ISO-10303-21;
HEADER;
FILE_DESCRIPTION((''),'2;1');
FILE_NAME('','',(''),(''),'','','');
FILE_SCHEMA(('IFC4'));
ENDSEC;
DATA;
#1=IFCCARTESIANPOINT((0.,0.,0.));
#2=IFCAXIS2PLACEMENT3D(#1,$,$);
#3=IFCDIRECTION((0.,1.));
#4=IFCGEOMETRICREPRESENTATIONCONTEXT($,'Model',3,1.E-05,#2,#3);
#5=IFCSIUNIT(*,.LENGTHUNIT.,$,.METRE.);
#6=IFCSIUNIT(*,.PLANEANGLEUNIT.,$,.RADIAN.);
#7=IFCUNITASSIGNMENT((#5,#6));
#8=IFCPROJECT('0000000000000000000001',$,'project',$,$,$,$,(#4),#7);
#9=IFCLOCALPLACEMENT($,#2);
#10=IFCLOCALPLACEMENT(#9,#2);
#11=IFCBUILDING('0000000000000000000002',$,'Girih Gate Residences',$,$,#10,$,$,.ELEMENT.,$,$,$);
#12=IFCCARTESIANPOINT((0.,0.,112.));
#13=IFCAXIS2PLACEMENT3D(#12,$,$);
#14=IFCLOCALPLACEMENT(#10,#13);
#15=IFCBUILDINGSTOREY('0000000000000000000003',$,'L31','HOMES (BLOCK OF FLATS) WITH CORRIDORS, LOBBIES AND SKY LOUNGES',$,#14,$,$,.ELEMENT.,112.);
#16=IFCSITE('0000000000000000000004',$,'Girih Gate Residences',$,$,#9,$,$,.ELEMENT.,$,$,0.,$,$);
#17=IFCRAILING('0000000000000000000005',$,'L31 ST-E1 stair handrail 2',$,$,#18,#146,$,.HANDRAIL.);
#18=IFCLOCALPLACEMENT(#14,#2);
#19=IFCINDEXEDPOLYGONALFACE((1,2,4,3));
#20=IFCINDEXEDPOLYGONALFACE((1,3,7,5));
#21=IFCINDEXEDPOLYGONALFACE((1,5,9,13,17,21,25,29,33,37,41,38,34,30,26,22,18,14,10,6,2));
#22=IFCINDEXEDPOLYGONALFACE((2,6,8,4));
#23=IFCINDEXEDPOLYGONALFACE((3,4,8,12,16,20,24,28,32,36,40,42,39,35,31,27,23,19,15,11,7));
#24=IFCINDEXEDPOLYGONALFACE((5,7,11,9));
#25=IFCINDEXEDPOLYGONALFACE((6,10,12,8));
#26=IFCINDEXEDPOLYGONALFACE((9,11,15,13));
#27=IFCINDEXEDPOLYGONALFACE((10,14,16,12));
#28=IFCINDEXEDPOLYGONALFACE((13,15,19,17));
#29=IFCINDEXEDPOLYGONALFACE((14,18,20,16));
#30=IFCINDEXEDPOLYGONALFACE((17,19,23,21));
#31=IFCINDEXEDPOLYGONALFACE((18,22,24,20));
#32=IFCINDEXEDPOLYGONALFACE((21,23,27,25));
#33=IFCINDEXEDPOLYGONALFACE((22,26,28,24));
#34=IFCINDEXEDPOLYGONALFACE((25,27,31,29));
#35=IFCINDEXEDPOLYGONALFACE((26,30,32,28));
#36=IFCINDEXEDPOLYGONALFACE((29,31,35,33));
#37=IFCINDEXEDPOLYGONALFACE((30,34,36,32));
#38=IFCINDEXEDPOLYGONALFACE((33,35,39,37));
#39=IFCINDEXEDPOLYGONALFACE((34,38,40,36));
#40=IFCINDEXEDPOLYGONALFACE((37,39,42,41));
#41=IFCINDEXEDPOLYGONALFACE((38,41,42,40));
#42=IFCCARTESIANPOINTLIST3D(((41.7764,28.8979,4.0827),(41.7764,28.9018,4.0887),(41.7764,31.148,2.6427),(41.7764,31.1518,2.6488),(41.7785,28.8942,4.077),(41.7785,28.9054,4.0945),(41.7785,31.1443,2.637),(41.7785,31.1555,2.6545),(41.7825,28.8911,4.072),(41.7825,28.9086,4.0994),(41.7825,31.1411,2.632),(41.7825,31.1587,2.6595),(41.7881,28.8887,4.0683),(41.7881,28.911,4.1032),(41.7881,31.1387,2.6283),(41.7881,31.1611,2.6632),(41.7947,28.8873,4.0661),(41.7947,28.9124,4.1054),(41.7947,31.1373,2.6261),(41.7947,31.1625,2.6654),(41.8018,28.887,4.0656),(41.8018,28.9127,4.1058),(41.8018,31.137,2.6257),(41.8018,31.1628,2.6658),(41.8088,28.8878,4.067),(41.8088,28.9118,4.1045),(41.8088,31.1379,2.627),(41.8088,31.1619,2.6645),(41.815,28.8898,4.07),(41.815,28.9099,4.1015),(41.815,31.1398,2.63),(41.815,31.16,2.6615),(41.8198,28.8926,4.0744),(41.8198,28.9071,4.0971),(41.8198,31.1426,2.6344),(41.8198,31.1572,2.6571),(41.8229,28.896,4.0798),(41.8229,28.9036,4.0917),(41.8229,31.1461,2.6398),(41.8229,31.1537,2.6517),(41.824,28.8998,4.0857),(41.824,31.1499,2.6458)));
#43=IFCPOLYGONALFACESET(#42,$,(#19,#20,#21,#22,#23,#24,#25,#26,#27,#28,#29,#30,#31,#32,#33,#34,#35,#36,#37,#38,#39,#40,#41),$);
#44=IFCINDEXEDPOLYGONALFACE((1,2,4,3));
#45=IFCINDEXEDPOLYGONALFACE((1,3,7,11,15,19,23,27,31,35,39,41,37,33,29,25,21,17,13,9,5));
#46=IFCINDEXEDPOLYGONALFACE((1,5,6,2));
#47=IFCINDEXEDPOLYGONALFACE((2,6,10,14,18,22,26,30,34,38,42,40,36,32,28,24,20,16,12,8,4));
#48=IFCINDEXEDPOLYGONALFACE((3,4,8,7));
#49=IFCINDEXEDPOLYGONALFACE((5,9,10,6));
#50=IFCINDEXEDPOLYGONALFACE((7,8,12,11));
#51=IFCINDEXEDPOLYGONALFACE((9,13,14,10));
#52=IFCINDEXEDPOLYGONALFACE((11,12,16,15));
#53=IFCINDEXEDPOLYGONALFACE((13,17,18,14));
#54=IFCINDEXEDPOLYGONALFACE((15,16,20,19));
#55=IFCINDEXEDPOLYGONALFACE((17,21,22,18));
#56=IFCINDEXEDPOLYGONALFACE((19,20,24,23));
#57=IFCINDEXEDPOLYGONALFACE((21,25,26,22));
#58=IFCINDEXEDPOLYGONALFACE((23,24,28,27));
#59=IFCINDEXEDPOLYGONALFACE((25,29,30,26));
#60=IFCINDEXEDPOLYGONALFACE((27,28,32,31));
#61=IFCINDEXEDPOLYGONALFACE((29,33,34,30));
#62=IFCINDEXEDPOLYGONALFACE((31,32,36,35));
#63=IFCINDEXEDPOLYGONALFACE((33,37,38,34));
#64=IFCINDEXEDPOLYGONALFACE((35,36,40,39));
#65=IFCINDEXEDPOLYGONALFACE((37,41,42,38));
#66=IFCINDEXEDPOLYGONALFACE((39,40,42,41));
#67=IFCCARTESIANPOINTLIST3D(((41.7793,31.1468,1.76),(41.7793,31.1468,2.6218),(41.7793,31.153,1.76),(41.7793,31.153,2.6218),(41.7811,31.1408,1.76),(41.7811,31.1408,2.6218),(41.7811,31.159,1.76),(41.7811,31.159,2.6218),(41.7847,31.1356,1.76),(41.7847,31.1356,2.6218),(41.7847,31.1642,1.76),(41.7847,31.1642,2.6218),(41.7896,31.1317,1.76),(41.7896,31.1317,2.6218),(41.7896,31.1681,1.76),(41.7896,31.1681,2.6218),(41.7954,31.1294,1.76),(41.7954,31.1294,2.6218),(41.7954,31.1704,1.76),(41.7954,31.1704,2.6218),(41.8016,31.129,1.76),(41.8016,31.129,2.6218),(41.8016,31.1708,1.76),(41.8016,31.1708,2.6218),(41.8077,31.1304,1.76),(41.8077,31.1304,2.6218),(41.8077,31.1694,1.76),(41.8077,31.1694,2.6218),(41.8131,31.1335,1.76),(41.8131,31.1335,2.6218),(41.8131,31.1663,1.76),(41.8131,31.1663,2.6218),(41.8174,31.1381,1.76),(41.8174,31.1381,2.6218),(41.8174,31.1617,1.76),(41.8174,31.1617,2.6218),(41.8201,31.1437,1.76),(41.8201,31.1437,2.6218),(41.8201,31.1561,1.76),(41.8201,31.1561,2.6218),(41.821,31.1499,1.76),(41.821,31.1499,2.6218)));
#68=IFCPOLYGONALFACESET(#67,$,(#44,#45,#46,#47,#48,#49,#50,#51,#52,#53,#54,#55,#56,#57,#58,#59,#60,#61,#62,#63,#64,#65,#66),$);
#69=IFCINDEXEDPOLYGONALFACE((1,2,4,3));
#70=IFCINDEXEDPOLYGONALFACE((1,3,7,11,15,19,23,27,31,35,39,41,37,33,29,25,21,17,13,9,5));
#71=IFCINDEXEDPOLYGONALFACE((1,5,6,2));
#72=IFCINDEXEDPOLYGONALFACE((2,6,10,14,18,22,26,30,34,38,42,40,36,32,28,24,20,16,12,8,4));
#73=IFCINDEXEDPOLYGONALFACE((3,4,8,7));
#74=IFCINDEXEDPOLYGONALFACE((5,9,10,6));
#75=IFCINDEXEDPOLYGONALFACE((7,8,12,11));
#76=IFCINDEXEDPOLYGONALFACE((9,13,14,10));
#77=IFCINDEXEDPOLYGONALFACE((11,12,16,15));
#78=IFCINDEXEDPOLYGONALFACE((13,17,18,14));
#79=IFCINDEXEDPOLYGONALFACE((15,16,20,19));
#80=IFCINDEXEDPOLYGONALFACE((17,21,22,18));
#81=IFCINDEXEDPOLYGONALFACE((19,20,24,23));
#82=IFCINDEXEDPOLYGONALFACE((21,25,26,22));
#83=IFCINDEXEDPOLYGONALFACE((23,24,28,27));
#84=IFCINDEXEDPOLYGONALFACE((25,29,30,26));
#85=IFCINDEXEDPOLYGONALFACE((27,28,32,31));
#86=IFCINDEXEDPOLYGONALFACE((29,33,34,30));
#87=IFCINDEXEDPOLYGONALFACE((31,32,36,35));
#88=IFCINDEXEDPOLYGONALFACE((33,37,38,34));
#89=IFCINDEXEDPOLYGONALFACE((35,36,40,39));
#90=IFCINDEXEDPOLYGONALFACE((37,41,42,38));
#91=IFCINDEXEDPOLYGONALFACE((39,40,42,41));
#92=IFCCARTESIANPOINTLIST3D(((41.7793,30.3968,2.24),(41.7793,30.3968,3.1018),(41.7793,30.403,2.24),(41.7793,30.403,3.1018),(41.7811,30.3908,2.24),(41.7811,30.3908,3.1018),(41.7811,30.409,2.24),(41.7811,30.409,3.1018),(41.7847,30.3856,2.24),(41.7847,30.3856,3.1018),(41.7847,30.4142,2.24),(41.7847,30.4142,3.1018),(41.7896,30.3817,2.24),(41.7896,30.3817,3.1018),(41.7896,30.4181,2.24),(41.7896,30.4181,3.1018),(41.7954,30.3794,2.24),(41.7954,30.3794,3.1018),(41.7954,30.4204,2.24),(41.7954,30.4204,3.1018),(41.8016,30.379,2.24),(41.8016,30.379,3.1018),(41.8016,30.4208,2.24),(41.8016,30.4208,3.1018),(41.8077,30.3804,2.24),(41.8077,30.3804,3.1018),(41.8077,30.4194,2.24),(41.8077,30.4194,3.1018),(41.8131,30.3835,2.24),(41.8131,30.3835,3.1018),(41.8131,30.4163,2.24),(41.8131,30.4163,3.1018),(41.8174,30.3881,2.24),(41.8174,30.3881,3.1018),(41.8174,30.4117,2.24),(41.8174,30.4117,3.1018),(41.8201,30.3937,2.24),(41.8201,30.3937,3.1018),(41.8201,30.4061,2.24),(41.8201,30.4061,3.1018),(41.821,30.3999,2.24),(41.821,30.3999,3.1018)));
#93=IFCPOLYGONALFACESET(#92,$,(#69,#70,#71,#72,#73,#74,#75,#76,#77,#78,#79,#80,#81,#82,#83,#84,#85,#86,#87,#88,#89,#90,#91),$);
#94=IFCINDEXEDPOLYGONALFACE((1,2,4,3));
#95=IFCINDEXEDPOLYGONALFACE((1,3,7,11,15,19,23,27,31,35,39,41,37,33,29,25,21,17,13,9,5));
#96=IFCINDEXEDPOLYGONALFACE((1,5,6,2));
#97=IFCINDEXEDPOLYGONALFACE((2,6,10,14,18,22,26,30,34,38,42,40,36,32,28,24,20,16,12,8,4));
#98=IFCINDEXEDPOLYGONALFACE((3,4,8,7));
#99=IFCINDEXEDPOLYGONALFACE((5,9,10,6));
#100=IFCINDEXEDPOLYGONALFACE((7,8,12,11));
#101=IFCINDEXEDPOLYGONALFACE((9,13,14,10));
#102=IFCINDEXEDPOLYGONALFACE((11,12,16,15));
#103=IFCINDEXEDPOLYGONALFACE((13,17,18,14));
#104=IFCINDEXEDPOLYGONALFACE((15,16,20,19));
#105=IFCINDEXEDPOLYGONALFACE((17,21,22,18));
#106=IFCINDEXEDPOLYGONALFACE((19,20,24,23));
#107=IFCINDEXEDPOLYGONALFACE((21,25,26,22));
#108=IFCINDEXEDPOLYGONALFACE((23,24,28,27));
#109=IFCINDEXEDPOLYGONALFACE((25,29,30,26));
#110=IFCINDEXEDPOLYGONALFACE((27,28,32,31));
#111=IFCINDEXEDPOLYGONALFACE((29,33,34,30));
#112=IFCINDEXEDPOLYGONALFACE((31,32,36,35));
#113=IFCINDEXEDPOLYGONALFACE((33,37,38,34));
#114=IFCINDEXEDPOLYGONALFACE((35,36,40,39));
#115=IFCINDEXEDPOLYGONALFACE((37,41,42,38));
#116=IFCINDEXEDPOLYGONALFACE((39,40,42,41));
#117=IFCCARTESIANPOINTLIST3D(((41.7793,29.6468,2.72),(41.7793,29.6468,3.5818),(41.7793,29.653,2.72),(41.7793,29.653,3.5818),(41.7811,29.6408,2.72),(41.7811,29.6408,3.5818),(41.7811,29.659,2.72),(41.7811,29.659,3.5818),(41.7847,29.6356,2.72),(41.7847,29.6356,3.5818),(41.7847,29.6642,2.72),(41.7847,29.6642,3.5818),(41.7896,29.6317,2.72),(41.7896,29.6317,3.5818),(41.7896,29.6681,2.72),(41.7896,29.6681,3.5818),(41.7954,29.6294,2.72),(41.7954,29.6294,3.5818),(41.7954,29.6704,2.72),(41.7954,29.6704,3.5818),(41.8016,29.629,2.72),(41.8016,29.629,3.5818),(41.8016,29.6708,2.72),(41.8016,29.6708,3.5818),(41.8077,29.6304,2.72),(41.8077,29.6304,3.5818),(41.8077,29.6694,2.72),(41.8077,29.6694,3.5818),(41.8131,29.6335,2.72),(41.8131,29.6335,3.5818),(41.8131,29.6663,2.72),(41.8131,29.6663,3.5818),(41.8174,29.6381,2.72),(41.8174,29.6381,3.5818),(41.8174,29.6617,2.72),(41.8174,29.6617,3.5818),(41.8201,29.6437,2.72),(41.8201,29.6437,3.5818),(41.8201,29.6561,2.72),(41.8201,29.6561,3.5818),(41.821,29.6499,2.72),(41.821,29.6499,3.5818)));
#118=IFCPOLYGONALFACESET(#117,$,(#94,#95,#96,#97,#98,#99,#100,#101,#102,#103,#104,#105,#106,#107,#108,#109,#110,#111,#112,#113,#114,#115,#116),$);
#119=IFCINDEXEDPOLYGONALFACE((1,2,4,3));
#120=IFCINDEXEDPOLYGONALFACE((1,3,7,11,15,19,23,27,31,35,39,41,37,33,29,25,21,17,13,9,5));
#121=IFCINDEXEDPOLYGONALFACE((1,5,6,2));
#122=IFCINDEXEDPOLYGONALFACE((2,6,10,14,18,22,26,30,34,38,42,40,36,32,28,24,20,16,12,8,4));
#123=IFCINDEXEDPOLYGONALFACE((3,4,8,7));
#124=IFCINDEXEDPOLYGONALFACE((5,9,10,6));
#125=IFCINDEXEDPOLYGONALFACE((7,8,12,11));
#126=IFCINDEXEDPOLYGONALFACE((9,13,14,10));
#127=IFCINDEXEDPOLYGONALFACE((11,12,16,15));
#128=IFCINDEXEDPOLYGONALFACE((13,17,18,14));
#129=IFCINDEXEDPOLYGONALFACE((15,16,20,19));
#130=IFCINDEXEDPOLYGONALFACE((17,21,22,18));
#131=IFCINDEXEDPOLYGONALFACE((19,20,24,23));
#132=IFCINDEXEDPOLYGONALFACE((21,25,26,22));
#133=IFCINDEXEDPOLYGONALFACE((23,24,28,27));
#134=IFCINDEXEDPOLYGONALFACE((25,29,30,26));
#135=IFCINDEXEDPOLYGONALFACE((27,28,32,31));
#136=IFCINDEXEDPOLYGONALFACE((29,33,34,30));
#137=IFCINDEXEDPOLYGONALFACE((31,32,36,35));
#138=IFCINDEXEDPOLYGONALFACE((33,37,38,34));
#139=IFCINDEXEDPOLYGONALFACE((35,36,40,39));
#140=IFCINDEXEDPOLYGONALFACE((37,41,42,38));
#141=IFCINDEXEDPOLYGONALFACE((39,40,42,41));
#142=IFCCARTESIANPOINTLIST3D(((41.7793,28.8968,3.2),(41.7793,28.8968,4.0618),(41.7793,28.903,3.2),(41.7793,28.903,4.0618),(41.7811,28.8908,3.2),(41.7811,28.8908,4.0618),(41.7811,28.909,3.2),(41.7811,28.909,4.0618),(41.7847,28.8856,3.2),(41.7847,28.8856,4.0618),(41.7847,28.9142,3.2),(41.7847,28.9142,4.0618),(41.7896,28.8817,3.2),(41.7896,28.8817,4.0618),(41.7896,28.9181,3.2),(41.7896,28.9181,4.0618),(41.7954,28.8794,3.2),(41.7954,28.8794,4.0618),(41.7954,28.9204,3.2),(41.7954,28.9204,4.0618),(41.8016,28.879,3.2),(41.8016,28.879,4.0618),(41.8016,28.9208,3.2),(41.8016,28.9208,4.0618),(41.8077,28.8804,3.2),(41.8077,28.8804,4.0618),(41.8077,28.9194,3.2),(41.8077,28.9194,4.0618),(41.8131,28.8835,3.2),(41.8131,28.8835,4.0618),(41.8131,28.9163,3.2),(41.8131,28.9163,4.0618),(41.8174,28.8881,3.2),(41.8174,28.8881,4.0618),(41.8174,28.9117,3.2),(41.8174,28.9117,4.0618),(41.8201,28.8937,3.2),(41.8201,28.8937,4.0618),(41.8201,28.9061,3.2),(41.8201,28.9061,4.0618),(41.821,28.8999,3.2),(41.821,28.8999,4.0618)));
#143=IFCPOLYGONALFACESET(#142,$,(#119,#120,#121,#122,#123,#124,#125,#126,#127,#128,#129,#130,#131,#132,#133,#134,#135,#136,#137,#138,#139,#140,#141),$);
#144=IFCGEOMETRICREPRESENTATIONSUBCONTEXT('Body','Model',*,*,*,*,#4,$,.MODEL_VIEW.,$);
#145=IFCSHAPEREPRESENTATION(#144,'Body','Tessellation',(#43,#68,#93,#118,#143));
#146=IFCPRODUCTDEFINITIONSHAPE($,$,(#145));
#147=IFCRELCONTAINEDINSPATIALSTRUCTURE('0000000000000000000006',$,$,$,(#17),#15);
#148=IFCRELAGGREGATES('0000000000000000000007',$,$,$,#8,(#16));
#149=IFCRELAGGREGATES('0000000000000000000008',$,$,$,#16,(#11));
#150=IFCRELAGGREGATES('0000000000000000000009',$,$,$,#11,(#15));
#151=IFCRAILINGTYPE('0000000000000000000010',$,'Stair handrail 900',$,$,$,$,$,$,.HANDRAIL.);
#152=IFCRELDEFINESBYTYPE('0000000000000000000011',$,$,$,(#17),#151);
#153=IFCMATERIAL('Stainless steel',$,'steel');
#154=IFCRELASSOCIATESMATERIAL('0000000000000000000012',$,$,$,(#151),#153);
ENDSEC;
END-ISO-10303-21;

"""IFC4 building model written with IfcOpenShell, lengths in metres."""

from ifc_helpers import new_model, si_unit, direction, frame, origin, origin_2d, place, context, subcontext, project, spatial, circle, extrude, material, type_object, element, save


model = new_model("IFC4")

# Units and contexts
model_context = context("Model", 3, precision=1e-05, world=origin(), true_north=direction((0.0, 1.0)))
body_context = subcontext(model_context, "Body", "Model", "MODEL_VIEW")
ifc_project = project(units=[si_unit("LENGTHUNIT", "METRE"), si_unit("PLANEANGLEUNIT", "RADIAN")], contexts=[model_context])

# Site, building, storey
site_placement = place(None, origin())
site = spatial("IfcSite", under=ifc_project, at=site_placement, Name="Girih Gate Residences", CompositionType="ELEMENT", RefElevation=0.0)
building_placement = place(site_placement, origin())
building = spatial("IfcBuilding", under=site, at=building_placement, Name="Girih Gate Residences", CompositionType="ELEMENT")
storey_placement = place(building_placement, frame((0.0, 0.0, 112.0)))
storey = spatial("IfcBuildingStorey", under=building, at=storey_placement, Name="L31", Description="HOMES (BLOCK OF FLATS) WITH CORRIDORS, LOBBIES AND SKY LOUNGES", CompositionType="ELEMENT", Elevation=112.0)

# Railing
ifc_material_1 = material(Name="Stainless steel", Category="steel")
railing_type_1 = type_object("IfcRailingType", Name="Stair handrail 900", PredefinedType="HANDRAIL", material=ifc_material_1)
railing_1_placement = place(storey_placement, frame((41.8, 31.1499, 1.76)))
element("IfcRailing", 1, at=railing_1_placement, inside=storey, type_object=railing_type_1, Name="L31 ST-E1 stair handrail 2", PredefinedType="HANDRAIL", context=body_context, shape_type="SweptSolid", body=[
    extrude(circle(Radius=0.0239, at=origin_2d()), frame((0.0, 0.0, 0.8857), z_axis=(0.0, -0.842281, 0.539038), x_axis=(1.0, 0.0, 0.0)), (0.0, 0.0, 1.0), 2.6714),
    extrude(circle(Radius=0.021, at=origin_2d()), origin(), (0.0, 0.0, 1.0), 0.8618),
    extrude(circle(Radius=0.021, at=origin_2d()), frame((0.0, -0.75, 0.48)), (0.0, 0.0, 1.0), 0.8618),
    extrude(circle(Radius=0.021, at=origin_2d()), frame((0.0, -1.5, 0.96)), (0.0, 0.0, 1.0), 0.8618),
    extrude(circle(Radius=0.021, at=origin_2d()), frame((0.0, -2.25, 1.4399)), (0.0, 0.0, 1.0), 0.8618),
])

save(model, "model.ifc")
